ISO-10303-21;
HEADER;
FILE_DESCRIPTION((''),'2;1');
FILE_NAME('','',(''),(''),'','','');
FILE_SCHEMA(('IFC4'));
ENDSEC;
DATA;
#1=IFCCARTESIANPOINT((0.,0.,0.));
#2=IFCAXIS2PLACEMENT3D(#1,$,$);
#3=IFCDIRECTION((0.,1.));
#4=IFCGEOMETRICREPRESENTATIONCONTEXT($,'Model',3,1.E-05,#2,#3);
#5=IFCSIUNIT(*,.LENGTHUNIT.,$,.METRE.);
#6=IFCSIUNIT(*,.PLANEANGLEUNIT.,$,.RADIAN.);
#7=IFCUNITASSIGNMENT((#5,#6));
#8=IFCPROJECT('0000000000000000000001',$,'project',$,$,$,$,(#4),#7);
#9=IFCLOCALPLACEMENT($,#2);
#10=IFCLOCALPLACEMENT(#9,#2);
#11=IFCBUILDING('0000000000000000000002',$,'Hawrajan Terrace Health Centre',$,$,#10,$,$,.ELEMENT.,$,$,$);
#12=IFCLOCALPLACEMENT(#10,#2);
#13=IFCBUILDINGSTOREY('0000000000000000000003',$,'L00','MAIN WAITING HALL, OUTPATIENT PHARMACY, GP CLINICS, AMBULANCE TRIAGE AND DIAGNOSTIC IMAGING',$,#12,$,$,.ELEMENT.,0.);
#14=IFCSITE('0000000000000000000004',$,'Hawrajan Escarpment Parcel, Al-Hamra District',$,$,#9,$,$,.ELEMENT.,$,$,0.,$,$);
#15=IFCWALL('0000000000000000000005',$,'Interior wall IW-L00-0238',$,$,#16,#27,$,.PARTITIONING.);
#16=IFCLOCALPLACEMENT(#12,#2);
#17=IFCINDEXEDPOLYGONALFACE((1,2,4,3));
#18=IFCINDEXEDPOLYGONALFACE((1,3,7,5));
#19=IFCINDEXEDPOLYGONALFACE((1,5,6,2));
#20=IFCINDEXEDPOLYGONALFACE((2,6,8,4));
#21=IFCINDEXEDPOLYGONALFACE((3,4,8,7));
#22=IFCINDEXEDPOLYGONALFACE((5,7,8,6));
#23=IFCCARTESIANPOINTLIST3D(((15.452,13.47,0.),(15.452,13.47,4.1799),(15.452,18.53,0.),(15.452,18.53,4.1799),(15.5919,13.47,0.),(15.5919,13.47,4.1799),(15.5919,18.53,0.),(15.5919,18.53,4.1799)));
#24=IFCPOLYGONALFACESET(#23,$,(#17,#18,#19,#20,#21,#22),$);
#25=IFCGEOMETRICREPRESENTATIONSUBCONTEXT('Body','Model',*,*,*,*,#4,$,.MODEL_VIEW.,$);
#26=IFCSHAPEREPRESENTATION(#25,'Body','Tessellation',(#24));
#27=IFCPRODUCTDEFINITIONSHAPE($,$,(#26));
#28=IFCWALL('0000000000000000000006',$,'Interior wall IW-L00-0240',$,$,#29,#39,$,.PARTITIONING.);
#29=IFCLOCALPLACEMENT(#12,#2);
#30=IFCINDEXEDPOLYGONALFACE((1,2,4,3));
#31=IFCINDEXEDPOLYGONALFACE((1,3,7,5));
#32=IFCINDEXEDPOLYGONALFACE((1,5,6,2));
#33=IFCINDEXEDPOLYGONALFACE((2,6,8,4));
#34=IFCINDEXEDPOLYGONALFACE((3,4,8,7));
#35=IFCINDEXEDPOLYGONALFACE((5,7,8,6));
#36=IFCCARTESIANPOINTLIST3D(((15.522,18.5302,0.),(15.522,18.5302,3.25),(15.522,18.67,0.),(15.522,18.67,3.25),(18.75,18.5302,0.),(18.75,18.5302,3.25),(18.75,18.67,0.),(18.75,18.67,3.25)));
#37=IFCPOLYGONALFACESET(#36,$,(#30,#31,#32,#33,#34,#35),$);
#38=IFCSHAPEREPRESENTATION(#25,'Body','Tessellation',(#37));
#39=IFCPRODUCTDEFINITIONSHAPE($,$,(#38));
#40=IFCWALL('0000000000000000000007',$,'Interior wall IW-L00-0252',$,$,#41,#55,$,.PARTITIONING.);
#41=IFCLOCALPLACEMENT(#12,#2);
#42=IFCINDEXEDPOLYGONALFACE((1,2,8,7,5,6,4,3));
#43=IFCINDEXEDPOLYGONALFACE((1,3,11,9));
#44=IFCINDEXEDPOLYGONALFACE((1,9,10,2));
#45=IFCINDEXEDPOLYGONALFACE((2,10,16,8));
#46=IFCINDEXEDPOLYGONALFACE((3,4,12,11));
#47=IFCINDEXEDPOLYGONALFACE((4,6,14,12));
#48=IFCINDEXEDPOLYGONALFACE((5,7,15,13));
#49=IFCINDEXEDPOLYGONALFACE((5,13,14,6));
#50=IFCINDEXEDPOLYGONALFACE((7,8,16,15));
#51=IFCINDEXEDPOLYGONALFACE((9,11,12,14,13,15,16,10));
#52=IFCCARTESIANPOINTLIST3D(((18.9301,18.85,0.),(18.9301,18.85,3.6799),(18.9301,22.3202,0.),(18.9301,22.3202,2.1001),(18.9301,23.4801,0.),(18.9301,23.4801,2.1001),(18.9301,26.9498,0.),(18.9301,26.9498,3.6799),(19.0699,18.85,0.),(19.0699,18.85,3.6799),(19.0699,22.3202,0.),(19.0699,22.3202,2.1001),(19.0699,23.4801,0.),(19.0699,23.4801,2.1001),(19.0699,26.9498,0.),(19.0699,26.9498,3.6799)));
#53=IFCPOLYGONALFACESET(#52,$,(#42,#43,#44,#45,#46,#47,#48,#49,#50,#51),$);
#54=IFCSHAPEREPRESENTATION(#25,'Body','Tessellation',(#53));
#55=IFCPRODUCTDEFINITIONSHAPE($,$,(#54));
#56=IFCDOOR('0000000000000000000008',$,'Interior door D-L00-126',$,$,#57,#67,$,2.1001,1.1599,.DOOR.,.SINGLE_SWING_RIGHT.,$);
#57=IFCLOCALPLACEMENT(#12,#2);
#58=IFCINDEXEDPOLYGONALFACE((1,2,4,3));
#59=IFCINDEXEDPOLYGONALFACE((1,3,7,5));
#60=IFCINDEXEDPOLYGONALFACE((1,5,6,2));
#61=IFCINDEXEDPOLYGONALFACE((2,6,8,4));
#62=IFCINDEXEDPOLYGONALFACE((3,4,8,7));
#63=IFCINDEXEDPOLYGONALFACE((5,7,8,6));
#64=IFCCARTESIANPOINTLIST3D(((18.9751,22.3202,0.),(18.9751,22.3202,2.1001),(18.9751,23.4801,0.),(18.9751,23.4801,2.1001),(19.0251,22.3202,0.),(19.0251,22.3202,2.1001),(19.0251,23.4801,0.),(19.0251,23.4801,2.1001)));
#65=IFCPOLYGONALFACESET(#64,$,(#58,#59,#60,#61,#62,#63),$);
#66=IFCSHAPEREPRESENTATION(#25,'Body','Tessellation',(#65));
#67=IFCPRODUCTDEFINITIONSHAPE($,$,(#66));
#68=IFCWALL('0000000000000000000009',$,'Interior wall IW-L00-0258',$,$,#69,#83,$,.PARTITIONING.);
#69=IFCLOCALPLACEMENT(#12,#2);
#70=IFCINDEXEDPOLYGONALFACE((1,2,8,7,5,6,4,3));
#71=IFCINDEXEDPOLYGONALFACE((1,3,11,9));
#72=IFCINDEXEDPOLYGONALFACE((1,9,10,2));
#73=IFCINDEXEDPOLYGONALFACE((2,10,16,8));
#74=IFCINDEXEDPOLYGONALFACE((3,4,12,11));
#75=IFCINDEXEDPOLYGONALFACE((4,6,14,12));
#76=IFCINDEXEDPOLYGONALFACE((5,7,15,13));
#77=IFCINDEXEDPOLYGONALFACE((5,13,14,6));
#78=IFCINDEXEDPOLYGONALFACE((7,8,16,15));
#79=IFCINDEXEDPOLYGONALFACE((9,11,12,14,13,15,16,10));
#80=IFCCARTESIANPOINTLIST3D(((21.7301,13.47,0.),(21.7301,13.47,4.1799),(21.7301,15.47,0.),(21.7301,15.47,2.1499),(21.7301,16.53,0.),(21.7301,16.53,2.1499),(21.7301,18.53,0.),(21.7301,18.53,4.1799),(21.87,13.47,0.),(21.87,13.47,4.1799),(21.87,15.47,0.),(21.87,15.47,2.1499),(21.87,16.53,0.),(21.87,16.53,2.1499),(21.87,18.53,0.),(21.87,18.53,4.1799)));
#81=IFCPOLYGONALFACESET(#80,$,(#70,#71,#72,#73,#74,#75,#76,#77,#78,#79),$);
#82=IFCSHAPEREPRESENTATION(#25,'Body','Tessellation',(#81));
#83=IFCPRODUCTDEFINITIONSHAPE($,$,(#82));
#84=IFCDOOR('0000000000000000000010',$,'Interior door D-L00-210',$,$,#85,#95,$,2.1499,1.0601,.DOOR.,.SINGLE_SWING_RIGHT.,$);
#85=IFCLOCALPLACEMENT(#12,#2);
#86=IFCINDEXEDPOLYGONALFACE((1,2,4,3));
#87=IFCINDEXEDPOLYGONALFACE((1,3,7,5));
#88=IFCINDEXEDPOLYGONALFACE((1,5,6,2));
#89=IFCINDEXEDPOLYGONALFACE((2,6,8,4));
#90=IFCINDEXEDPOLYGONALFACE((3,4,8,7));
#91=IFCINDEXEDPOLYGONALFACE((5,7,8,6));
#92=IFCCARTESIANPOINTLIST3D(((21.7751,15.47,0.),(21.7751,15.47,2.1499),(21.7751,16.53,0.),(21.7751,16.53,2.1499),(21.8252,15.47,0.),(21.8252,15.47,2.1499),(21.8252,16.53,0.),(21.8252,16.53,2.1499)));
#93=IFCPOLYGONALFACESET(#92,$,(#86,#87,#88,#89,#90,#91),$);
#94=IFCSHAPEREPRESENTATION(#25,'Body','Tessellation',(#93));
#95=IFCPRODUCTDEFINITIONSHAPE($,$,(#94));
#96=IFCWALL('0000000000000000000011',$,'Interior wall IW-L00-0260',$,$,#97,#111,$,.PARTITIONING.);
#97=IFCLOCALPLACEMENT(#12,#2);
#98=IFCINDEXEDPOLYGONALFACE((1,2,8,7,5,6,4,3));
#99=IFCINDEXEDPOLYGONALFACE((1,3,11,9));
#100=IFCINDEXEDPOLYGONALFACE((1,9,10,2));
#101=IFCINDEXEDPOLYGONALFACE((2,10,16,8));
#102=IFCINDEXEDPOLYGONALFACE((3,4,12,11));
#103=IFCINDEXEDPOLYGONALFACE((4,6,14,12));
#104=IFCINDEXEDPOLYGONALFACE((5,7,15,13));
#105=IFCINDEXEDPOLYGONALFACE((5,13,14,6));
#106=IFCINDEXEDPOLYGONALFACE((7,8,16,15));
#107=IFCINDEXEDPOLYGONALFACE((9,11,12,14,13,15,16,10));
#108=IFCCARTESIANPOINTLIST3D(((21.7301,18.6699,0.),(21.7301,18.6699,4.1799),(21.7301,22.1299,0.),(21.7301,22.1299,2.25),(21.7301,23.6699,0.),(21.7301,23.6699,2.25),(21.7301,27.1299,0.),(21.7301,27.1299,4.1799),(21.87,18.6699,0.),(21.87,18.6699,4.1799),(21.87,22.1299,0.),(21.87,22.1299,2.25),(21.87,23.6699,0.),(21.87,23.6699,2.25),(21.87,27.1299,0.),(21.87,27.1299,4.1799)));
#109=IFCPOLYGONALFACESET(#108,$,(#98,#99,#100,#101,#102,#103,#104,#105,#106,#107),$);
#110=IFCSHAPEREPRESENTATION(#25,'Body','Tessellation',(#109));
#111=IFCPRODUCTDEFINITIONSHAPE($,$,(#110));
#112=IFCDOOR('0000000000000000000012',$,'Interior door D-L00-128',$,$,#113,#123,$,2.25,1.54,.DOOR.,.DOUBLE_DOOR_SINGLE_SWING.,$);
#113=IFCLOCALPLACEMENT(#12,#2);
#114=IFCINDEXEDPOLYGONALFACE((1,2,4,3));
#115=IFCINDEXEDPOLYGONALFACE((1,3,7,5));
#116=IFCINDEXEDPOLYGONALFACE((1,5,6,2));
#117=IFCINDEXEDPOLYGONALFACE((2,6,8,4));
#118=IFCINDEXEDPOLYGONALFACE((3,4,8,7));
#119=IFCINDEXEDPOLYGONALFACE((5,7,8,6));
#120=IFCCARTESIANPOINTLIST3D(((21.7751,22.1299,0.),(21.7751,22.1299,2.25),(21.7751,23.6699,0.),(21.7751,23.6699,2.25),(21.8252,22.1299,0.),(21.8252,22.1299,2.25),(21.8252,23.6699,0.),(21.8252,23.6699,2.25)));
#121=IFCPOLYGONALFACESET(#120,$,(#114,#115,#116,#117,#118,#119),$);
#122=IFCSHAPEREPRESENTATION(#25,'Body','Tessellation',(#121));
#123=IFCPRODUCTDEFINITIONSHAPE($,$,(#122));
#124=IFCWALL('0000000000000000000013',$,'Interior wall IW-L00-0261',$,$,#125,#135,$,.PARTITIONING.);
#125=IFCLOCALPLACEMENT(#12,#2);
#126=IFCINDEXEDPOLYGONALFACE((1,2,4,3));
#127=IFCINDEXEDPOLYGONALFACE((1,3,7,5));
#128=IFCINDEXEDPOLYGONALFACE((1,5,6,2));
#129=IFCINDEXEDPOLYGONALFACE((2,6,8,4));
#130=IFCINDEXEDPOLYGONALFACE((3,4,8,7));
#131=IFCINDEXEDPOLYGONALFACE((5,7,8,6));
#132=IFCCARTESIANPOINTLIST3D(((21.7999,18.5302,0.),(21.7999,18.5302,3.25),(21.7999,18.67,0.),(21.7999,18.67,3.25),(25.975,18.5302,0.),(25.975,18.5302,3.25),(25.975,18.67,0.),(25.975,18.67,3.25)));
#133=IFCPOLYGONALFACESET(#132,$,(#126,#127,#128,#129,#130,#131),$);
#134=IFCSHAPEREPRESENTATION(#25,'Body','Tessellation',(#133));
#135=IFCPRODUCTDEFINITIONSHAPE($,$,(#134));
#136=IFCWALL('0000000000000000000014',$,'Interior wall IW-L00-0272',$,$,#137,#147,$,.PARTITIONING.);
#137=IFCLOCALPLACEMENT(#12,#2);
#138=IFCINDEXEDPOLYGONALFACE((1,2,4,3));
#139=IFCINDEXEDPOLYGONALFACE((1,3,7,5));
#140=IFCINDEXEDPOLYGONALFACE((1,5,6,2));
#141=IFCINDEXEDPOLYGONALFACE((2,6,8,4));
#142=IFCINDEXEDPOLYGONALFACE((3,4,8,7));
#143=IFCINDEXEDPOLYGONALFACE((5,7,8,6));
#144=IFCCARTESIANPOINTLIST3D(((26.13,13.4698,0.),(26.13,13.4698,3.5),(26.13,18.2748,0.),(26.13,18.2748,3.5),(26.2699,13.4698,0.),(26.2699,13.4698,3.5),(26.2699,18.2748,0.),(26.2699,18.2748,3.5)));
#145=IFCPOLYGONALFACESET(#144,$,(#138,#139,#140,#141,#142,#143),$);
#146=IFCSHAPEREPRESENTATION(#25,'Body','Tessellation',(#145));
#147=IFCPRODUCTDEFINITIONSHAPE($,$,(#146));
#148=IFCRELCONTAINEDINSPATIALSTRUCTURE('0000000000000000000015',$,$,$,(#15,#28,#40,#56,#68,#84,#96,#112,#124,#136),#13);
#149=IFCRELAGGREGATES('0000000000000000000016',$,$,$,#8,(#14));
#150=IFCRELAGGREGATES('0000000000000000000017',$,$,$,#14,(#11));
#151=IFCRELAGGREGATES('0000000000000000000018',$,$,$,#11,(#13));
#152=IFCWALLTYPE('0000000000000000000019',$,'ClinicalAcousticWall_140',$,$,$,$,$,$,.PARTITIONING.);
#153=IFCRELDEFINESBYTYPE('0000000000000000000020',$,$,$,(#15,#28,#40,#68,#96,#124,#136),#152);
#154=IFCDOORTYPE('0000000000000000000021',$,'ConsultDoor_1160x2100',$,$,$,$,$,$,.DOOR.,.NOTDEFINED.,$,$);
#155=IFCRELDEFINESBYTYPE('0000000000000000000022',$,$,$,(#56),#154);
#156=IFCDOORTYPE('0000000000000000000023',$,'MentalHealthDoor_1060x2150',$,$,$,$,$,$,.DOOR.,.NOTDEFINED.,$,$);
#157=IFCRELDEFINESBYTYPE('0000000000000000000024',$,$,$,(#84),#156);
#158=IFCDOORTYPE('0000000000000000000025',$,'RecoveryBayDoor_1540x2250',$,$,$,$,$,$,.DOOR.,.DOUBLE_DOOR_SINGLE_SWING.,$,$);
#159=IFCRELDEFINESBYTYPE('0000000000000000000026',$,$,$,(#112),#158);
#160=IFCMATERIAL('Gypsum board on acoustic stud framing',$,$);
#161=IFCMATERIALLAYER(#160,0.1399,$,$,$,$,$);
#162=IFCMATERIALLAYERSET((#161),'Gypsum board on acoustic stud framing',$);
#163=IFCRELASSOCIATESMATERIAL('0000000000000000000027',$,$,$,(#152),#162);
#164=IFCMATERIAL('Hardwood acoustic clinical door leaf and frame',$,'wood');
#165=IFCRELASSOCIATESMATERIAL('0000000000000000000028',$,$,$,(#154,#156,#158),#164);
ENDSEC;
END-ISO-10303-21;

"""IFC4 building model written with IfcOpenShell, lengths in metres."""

from ifc_helpers import new_model, si_unit, direction, frame, frame_2d, origin, place, context, subcontext, project, spatial, rectangle, extrude, material, layer, layer_set, type_object, element, fill, save


model = new_model("IFC4")

# Units and contexts
model_context = context("Model", 3, precision=1e-05, world=origin(), true_north=direction((0.0, 1.0)))
body_context = subcontext(model_context, "Body", "Model", "MODEL_VIEW")
ifc_project = project(units=[si_unit("LENGTHUNIT", "METRE"), si_unit("PLANEANGLEUNIT", "RADIAN")], contexts=[model_context])

# Site, building, storey
site_placement = place(None, origin())
site = spatial("IfcSite", under=ifc_project, at=site_placement, Name="Hawrajan Escarpment Parcel, Al-Hamra District", CompositionType="ELEMENT", RefElevation=0.0)
building_placement = place(site_placement, origin())
building = spatial("IfcBuilding", under=site, at=building_placement, Name="Hawrajan Terrace Health Centre", CompositionType="ELEMENT")
storey_placement = place(building_placement, origin())
storey = spatial("IfcBuildingStorey", under=building, at=storey_placement, Name="L00", Description="MAIN WAITING HALL, OUTPATIENT PHARMACY, GP CLINICS, AMBULANCE TRIAGE AND DIAGNOSTIC IMAGING", CompositionType="ELEMENT", Elevation=0.0)

# Walls
ifc_material_1 = material(Name="Gypsum board on acoustic stud framing")
ifc_layer = layer(ifc_material_1, 0.1399)
ifc_layer_set = layer_set([ifc_layer], Name="Gypsum board on acoustic stud framing")
wall_type = type_object("IfcWallType", Name="ClinicalAcousticWall_140", PredefinedType="PARTITIONING", material=ifc_layer_set)
wall_1_placement = place(storey_placement, frame((15.522, 13.47, 0.0), z_axis=(0.0, 0.0, 1.0), x_axis=(0.0, 1.0, 0.0)))
element("IfcWall", 1, at=wall_1_placement, inside=storey, type_object=wall_type, Name="Interior wall IW-L00-0238", PredefinedType="PARTITIONING", context=body_context, shape_type="SweptSolid", body=[
    extrude(rectangle(XDim=5.0601, YDim=0.1399, at=frame_2d((2.53, 0.0))), origin(), (0.0, 0.0, 1.0), 4.1799),
])
wall_2_placement = place(storey_placement, frame((15.522, 18.6001, 0.0), z_axis=(0.0, 0.0, 1.0), x_axis=(1.0, 0.0, 0.0)))
element("IfcWall", 2, at=wall_2_placement, inside=storey, type_object=wall_type, Name="Interior wall IW-L00-0240", PredefinedType="PARTITIONING", context=body_context, shape_type="SweptSolid", body=[
    extrude(rectangle(XDim=3.228, YDim=0.1399, at=frame_2d((1.614, 0.0))), origin(), (0.0, 0.0, 1.0), 3.25),
])

# Walls, openings, doors
wall_3_placement = place(storey_placement, frame((19.0, 18.8501, 0.0), z_axis=(0.0, 0.0, 1.0), x_axis=(0.0, 1.0, 0.0)))
wall_3 = element("IfcWall", 3, at=wall_3_placement, inside=storey, type_object=wall_type, Name="Interior wall IW-L00-0252", PredefinedType="PARTITIONING", context=body_context, shape_type="SweptSolid", body=[
    extrude(rectangle(XDim=8.0999, YDim=0.1399, at=frame_2d((4.0498, 0.0))), origin(), (0.0, 0.0, 1.0), 3.6799),
])
opening_1_placement = place(wall_3_placement, frame((3.47, 0.0, 0.0)))
opening_1 = element("IfcOpeningElement", 4, at=opening_1_placement, cuts=wall_3, PredefinedType="OPENING", context=body_context, shape_type="SweptSolid", body=[
    extrude(rectangle(XDim=1.1599, YDim=2.1001, at=frame_2d((0.5801, 1.05))), frame((0.0, 0.0798, 0.0), z_axis=(0.0, -1.0, 0.0), x_axis=(1.0, 0.0, 0.0)), (0.0, 0.0, 1.0), 0.1599),
])
ifc_material_2 = material(Name="Hardwood acoustic clinical door leaf and frame", Category="wood")
door_type_1 = type_object("IfcDoorType", Name="ConsultDoor_1160x2100", OperationType="NOTDEFINED", PredefinedType="DOOR", material=ifc_material_2)
door_1_placement = place(opening_1_placement, origin())
door_1 = element("IfcDoor", 5, at=door_1_placement, inside=storey, type_object=door_type_1, Name="Interior door D-L00-126", OperationType="SINGLE_SWING_RIGHT", OverallHeight=2.1001, OverallWidth=1.1599, PredefinedType="DOOR", context=body_context, shape_type="SweptSolid", body=[
    extrude(rectangle(XDim=1.1599, YDim=2.1001, at=frame_2d((0.5801, 1.05))), frame((0.0, 0.0249, 0.0), z_axis=(0.0, -1.0, 0.0), x_axis=(1.0, 0.0, 0.0)), (0.0, 0.0, 1.0), 0.05),
])
fill(opening_1, door_1)
wall_4_placement = place(storey_placement, frame((21.8, 13.47, 0.0), z_axis=(0.0, 0.0, 1.0), x_axis=(0.0, 1.0, 0.0)))
wall_4 = element("IfcWall", 6, at=wall_4_placement, inside=storey, type_object=wall_type, Name="Interior wall IW-L00-0258", PredefinedType="PARTITIONING", context=body_context, shape_type="SweptSolid", body=[
    extrude(rectangle(XDim=5.0601, YDim=0.1399, at=frame_2d((2.53, 0.0))), origin(), (0.0, 0.0, 1.0), 4.1799),
])
opening_2_placement = place(wall_4_placement, frame((2.0, 0.0, 0.0)))
opening_2 = element("IfcOpeningElement", 7, at=opening_2_placement, cuts=wall_4, PredefinedType="OPENING", context=body_context, shape_type="SweptSolid", body=[
    extrude(rectangle(XDim=1.0601, YDim=2.1499, at=frame_2d((0.53, 1.075))), frame((0.0, 0.0798, 0.0), z_axis=(0.0, -1.0, 0.0), x_axis=(1.0, 0.0, 0.0)), (0.0, 0.0, 1.0), 0.1599),
])
door_type_2 = type_object("IfcDoorType", Name="MentalHealthDoor_1060x2150", OperationType="NOTDEFINED", PredefinedType="DOOR", material=ifc_material_2)
door_2_placement = place(opening_2_placement, origin())
door_2 = element("IfcDoor", 8, at=door_2_placement, inside=storey, type_object=door_type_2, Name="Interior door D-L00-210", OperationType="SINGLE_SWING_RIGHT", OverallHeight=2.1499, OverallWidth=1.0601, PredefinedType="DOOR", context=body_context, shape_type="SweptSolid", body=[
    extrude(rectangle(XDim=1.0601, YDim=2.1499, at=frame_2d((0.53, 1.075))), frame((0.0, 0.0249, 0.0), z_axis=(0.0, -1.0, 0.0), x_axis=(1.0, 0.0, 0.0)), (0.0, 0.0, 1.0), 0.05),
])
fill(opening_2, door_2)
wall_5_placement = place(storey_placement, frame((21.8, 18.6699, 0.0), z_axis=(0.0, 0.0, 1.0), x_axis=(0.0, 1.0, 0.0)))
wall_5 = element("IfcWall", 9, at=wall_5_placement, inside=storey, type_object=wall_type, Name="Interior wall IW-L00-0260", PredefinedType="PARTITIONING", context=body_context, shape_type="SweptSolid", body=[
    extrude(rectangle(XDim=8.46, YDim=0.1399, at=frame_2d((4.23, 0.0))), origin(), (0.0, 0.0, 1.0), 4.1799),
])
opening_3_placement = place(wall_5_placement, frame((3.46, 0.0, 0.0)))
opening_3 = element("IfcOpeningElement", 10, at=opening_3_placement, cuts=wall_5, PredefinedType="OPENING", context=body_context, shape_type="SweptSolid", body=[
    extrude(rectangle(XDim=1.54, YDim=2.25, at=frame_2d((0.77, 1.125))), frame((0.0, 0.0798, 0.0), z_axis=(0.0, -1.0, 0.0), x_axis=(1.0, 0.0, 0.0)), (0.0, 0.0, 1.0), 0.1599),
])
door_type_3 = type_object("IfcDoorType", Name="RecoveryBayDoor_1540x2250", OperationType="DOUBLE_DOOR_SINGLE_SWING", PredefinedType="DOOR", material=ifc_material_2)
door_3_placement = place(opening_3_placement, origin())
door_3 = element("IfcDoor", 11, at=door_3_placement, inside=storey, type_object=door_type_3, Name="Interior door D-L00-128", OperationType="DOUBLE_DOOR_SINGLE_SWING", OverallHeight=2.25, OverallWidth=1.54, PredefinedType="DOOR", context=body_context, shape_type="SweptSolid", body=[
    extrude(rectangle(XDim=1.54, YDim=2.25, at=frame_2d((0.77, 1.125))), frame((0.0, 0.0249, 0.0), z_axis=(0.0, -1.0, 0.0), x_axis=(1.0, 0.0, 0.0)), (0.0, 0.0, 1.0), 0.05),
])
fill(opening_3, door_3)

# Walls
wall_6_placement = place(storey_placement, frame((21.8, 18.6001, 0.0), z_axis=(0.0, 0.0, 1.0), x_axis=(1.0, 0.0, 0.0)))
element("IfcWall", 12, at=wall_6_placement, inside=storey, type_object=wall_type, Name="Interior wall IW-L00-0261", PredefinedType="PARTITIONING", context=body_context, shape_type="SweptSolid", body=[
    extrude(rectangle(XDim=4.175, YDim=0.1399, at=frame_2d((2.0874, 0.0))), origin(), (0.0, 0.0, 1.0), 3.25),
])
wall_7_placement = place(storey_placement, frame((26.2, 13.47, 0.0), z_axis=(0.0, 0.0, 1.0), x_axis=(0.0, 1.0, 0.0)))
element("IfcWall", 13, at=wall_7_placement, inside=storey, type_object=wall_type, Name="Interior wall IW-L00-0272", PredefinedType="PARTITIONING", context=body_context, shape_type="SweptSolid", body=[
    extrude(rectangle(XDim=4.8049, YDim=0.1399, at=frame_2d((2.4023, 0.0))), origin(), (0.0, 0.0, 1.0), 3.5),
])

save(model, "model.ifc")
